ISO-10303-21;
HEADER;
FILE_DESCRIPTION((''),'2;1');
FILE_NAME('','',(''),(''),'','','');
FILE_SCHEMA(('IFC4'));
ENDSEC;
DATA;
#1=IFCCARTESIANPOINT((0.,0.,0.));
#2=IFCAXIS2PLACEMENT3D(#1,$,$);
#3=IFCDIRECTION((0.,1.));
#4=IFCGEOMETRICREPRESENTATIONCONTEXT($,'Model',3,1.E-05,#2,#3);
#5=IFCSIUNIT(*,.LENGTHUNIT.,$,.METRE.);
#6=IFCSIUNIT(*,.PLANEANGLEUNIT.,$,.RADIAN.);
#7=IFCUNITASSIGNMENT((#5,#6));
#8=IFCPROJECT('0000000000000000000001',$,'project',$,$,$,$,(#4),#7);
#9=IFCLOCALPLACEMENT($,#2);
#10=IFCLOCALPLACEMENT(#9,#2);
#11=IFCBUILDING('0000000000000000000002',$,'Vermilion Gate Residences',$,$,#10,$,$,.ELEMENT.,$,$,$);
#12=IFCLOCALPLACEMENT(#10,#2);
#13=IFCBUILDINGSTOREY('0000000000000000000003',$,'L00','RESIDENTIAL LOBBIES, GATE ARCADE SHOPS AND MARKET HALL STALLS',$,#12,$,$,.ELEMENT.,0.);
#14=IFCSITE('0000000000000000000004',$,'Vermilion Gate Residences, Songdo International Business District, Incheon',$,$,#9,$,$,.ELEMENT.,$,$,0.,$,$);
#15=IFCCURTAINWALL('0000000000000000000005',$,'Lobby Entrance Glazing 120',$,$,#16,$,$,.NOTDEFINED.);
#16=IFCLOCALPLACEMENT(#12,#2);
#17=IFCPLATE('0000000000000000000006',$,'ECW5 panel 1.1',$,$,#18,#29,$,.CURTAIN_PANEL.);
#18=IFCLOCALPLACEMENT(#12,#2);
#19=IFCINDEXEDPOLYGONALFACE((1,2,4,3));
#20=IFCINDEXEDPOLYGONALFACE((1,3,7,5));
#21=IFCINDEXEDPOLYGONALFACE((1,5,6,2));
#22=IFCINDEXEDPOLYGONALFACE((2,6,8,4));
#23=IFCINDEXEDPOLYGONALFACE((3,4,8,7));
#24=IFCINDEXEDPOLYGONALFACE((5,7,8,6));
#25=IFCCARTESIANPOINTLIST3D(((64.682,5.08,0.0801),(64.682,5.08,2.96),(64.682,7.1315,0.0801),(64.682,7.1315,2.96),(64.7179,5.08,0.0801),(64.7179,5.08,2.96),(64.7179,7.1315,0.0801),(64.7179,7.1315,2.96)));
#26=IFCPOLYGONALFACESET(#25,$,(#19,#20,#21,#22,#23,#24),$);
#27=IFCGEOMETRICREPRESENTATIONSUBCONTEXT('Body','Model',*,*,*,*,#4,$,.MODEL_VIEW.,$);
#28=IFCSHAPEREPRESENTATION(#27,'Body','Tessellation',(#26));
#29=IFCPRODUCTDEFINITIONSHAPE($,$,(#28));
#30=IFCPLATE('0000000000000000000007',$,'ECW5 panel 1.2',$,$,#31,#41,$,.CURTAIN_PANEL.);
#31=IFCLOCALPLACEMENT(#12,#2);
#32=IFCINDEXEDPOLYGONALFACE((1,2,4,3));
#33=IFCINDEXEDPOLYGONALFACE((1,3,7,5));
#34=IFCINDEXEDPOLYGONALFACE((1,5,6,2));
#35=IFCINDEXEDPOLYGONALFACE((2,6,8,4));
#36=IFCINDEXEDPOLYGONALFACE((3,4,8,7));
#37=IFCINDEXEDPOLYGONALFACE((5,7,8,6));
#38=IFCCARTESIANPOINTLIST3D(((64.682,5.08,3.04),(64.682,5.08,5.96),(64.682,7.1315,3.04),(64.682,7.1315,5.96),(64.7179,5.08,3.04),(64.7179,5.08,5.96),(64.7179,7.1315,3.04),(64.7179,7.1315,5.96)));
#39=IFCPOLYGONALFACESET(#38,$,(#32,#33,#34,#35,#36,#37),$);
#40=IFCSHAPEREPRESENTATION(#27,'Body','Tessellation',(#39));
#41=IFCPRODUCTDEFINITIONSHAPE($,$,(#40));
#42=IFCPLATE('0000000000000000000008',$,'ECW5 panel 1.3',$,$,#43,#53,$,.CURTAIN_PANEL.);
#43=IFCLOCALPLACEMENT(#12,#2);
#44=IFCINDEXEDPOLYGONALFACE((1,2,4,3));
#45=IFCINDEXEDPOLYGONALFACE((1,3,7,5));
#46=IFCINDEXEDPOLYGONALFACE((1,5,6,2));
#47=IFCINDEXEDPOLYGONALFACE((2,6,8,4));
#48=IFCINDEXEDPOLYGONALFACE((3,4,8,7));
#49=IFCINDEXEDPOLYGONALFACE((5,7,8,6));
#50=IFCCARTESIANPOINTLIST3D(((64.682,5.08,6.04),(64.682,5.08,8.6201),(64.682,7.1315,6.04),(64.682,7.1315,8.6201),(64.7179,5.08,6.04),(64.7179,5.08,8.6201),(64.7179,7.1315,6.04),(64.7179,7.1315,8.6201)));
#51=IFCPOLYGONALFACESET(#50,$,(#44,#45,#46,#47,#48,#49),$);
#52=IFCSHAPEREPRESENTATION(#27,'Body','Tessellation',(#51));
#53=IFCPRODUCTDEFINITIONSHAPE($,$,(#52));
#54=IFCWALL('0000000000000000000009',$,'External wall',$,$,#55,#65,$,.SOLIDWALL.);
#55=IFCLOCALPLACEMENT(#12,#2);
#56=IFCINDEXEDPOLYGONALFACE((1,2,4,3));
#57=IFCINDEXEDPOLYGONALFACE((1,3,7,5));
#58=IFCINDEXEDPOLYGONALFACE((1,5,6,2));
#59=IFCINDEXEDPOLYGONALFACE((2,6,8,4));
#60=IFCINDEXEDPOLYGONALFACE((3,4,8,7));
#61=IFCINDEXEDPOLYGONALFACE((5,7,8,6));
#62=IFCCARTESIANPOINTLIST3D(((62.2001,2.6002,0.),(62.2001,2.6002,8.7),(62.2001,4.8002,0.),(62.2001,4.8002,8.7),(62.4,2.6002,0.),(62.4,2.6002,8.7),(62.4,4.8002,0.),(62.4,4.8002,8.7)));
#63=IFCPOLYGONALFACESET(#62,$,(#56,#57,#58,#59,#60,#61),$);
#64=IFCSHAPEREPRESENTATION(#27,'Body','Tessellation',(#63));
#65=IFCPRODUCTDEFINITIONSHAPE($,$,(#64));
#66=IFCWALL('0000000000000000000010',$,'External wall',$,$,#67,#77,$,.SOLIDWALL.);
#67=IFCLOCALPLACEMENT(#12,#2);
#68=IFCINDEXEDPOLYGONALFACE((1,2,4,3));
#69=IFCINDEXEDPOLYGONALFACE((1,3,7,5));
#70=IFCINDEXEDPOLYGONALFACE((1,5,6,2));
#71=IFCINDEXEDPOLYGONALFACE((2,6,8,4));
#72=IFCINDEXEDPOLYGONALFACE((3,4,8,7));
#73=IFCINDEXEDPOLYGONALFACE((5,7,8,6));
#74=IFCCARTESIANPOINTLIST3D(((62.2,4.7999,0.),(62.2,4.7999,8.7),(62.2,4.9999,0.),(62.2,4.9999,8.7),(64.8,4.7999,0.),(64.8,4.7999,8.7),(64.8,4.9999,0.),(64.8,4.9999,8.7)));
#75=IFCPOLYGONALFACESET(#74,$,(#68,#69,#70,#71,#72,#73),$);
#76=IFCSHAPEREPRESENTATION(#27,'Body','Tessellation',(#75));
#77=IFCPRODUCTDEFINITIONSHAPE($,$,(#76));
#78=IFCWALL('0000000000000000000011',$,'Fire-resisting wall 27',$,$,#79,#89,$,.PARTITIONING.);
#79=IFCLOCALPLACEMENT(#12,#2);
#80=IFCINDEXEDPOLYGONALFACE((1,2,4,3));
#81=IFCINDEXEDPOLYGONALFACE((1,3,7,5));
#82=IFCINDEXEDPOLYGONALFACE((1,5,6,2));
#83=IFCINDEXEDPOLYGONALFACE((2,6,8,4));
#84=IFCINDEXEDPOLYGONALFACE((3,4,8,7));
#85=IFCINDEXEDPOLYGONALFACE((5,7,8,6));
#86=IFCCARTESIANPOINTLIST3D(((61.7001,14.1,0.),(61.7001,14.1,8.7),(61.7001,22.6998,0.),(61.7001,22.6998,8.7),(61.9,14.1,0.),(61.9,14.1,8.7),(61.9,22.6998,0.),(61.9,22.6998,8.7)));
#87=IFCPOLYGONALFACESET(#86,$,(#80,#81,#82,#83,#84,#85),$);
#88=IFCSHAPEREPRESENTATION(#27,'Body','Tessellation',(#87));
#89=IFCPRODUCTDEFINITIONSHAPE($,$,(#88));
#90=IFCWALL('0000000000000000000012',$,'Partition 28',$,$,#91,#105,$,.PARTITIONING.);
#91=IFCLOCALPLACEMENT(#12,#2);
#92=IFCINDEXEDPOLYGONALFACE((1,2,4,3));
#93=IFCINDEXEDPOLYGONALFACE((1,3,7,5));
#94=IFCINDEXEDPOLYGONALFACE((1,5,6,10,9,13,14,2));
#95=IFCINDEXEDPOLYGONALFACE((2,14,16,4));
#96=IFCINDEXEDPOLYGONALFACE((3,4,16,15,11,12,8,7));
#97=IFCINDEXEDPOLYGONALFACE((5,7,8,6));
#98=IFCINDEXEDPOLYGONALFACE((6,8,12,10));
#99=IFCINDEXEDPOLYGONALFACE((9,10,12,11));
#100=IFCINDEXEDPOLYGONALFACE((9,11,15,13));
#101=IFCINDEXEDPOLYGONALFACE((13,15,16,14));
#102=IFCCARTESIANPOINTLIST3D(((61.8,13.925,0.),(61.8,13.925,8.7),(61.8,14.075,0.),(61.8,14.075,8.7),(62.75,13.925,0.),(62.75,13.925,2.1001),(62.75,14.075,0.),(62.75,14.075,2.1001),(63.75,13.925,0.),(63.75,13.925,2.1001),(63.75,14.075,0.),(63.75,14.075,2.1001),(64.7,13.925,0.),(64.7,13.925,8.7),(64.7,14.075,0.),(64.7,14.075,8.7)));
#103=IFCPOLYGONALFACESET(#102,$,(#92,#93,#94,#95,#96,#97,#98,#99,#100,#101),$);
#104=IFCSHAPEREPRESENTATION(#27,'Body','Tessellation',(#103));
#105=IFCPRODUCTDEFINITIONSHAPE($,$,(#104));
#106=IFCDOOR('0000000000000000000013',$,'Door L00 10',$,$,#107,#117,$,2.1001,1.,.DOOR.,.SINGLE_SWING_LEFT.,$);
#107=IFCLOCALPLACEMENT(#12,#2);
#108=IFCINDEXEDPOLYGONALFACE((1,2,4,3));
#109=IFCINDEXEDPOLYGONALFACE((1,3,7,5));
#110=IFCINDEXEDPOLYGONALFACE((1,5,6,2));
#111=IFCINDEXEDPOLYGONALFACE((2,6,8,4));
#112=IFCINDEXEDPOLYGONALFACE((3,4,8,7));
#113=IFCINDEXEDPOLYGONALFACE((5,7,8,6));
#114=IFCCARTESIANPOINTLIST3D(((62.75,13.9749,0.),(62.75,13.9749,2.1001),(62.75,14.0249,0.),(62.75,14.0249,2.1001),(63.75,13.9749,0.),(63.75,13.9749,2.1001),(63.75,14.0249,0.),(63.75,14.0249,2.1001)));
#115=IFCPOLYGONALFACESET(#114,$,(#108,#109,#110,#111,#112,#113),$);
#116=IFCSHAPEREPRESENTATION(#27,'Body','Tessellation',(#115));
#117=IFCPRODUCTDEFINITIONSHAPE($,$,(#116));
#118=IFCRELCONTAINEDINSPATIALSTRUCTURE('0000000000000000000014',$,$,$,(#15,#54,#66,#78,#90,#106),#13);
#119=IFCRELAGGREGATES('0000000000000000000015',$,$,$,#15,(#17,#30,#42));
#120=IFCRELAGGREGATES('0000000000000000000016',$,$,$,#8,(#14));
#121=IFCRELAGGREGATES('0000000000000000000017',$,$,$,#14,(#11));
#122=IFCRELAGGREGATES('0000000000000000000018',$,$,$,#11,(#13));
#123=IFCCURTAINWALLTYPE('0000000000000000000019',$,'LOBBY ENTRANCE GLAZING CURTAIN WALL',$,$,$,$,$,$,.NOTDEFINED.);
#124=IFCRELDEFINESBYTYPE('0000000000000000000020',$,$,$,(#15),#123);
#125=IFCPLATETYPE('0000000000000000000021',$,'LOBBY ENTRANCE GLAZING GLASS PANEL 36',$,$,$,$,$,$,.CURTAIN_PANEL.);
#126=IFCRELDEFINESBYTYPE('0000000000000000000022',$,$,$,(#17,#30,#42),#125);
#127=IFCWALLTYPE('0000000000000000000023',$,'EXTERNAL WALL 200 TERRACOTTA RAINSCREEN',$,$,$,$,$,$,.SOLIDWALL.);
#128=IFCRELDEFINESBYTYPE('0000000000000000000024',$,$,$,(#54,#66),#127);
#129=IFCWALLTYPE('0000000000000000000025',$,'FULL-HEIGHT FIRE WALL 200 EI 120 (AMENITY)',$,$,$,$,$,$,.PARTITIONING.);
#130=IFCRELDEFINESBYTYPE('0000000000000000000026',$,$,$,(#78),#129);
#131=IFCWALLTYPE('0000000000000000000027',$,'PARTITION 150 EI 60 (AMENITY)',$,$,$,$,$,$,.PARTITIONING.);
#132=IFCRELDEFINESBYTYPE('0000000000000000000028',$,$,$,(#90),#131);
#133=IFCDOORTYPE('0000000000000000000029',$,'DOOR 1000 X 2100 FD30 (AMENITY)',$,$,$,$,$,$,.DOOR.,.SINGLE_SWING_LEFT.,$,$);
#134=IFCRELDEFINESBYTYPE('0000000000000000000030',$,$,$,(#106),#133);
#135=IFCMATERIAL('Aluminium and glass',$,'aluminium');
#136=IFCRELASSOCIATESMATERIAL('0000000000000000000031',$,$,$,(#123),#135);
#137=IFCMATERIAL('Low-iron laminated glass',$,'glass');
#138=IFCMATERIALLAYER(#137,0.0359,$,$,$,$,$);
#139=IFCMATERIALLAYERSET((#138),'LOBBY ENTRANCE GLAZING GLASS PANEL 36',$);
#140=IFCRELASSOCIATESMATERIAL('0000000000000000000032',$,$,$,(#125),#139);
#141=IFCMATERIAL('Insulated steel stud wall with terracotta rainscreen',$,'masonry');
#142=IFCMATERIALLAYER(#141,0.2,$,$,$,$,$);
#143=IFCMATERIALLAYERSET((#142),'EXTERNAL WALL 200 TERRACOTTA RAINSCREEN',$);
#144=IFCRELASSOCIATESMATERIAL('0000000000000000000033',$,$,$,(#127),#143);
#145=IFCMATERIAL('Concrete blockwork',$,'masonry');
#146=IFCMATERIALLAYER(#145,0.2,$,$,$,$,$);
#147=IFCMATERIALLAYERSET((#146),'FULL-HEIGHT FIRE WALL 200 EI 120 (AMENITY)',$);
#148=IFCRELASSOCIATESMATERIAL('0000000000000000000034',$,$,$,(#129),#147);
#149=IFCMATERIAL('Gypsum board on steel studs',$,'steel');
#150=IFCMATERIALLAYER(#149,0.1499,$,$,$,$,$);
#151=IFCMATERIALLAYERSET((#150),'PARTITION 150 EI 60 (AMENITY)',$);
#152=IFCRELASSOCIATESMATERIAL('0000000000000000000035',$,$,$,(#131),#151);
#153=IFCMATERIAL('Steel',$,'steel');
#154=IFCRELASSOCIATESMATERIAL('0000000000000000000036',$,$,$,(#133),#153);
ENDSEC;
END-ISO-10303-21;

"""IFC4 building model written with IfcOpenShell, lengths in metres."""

from ifc_helpers import new_model, si_unit, direction, frame, frame_2d, origin, origin_2d, place, context, subcontext, project, spatial, rectangle, extrude, material, layer, layer_set, type_object, element, fill, aggregate, save


model = new_model("IFC4")

# Units and contexts
model_context = context("Model", 3, precision=1e-05, world=origin(), true_north=direction((0.0, 1.0)))
body_context = subcontext(model_context, "Body", "Model", "MODEL_VIEW")
ifc_project = project(units=[si_unit("LENGTHUNIT", "METRE"), si_unit("PLANEANGLEUNIT", "RADIAN")], contexts=[model_context])

# Site, building, storey
site_placement = place(None, origin())
site = spatial("IfcSite", under=ifc_project, at=site_placement, Name="Vermilion Gate Residences, Songdo International Business District, Incheon", CompositionType="ELEMENT", RefElevation=0.0)
building_placement = place(site_placement, origin())
building = spatial("IfcBuilding", under=site, at=building_placement, Name="Vermilion Gate Residences", CompositionType="ELEMENT")
storey_placement = place(building_placement, origin())
storey = spatial("IfcBuildingStorey", under=building, at=storey_placement, Name="L00", Description="RESIDENTIAL LOBBIES, GATE ARCADE SHOPS AND MARKET HALL STALLS", CompositionType="ELEMENT", Elevation=0.0)

# Shared definitions
ifc_material_1 = material(Name="Aluminium and glass", Category="aluminium")
curtain_wall_type = type_object("IfcCurtainWallType", Name="LOBBY ENTRANCE GLAZING CURTAIN WALL", PredefinedType="NOTDEFINED", material=ifc_material_1)

# Curtain wall
curtain_wall_1_placement = place(storey_placement, origin())
curtain_wall_1 = element("IfcCurtainWall", 1, at=curtain_wall_1_placement, inside=storey, type_object=curtain_wall_type, Name="Lobby Entrance Glazing 120", PredefinedType="NOTDEFINED")

# Plates
ifc_material_2 = material(Name="Low-iron laminated glass", Category="glass")
ifc_layer_1 = layer(ifc_material_2, 0.0359)
ifc_layer_set_1 = layer_set([ifc_layer_1], Name="LOBBY ENTRANCE GLAZING GLASS PANEL 36")
plate_type = type_object("IfcPlateType", Name="LOBBY ENTRANCE GLAZING GLASS PANEL 36", PredefinedType="CURTAIN_PANEL", material=ifc_layer_set_1)
plate_1_placement = place(storey_placement, frame((64.7, 6.1057, 0.0801), z_axis=(0.0, 0.0, 1.0), x_axis=(0.0, 1.0, 0.0)))
plate_1 = element("IfcPlate", 2, at=plate_1_placement, type_object=plate_type, Name="ECW5 panel 1.1", PredefinedType="CURTAIN_PANEL", context=body_context, shape_type="SweptSolid", body=[
    extrude(rectangle(XDim=2.0515, YDim=0.0359, at=origin_2d()), origin(), (0.0, 0.0, 1.0), 2.8799),
])
plate_2_placement = place(storey_placement, frame((64.7, 6.1057, 3.04), z_axis=(0.0, 0.0, 1.0), x_axis=(0.0, 1.0, 0.0)))
plate_2 = element("IfcPlate", 3, at=plate_2_placement, type_object=plate_type, Name="ECW5 panel 1.2", PredefinedType="CURTAIN_PANEL", context=body_context, shape_type="SweptSolid", body=[
    extrude(rectangle(XDim=2.0515, YDim=0.0359, at=origin_2d()), origin(), (0.0, 0.0, 1.0), 2.9199),
])
plate_3_placement = place(storey_placement, frame((64.7, 6.1057, 6.04), z_axis=(0.0, 0.0, 1.0), x_axis=(0.0, 1.0, 0.0)))
plate_3 = element("IfcPlate", 4, at=plate_3_placement, type_object=plate_type, Name="ECW5 panel 1.3", PredefinedType="CURTAIN_PANEL", context=body_context, shape_type="SweptSolid", body=[
    extrude(rectangle(XDim=2.0515, YDim=0.0359, at=origin_2d()), origin(), (0.0, 0.0, 1.0), 2.5801),
])
aggregate(curtain_wall_1, [plate_1, plate_2, plate_3])

# Walls
ifc_material_3 = material(Name="Insulated steel stud wall with terracotta rainscreen", Category="masonry")
ifc_layer_2 = layer(ifc_material_3, 0.2)
ifc_layer_set_2 = layer_set([ifc_layer_2], Name="EXTERNAL WALL 200 TERRACOTTA RAINSCREEN")
wall_type_1 = type_object("IfcWallType", Name="EXTERNAL WALL 200 TERRACOTTA RAINSCREEN", PredefinedType="SOLIDWALL", material=ifc_layer_set_2)
wall_1_placement = place(storey_placement, frame((62.3, 2.6001, 0.0), z_axis=(0.0, 0.0, 1.0), x_axis=(0.0, 1.0, 0.0)))
element("IfcWall", 5, at=wall_1_placement, inside=storey, type_object=wall_type_1, Name="External wall", PredefinedType="SOLIDWALL", context=body_context, shape_type="SweptSolid", body=[
    extrude(rectangle(XDim=2.2, YDim=0.2, at=frame_2d((1.1001, 0.0))), origin(), (0.0, 0.0, 1.0), 8.7),
])
wall_2_placement = place(storey_placement, frame((62.2, 4.8999, 0.0), z_axis=(0.0, 0.0, 1.0), x_axis=(1.0, 0.0, 0.0)))
element("IfcWall", 6, at=wall_2_placement, inside=storey, type_object=wall_type_1, Name="External wall", PredefinedType="SOLIDWALL", context=body_context, shape_type="SweptSolid", body=[
    extrude(rectangle(XDim=2.6001, YDim=0.2, at=frame_2d((1.3, 0.0))), origin(), (0.0, 0.0, 1.0), 8.7),
])
ifc_material_4 = material(Name="Concrete blockwork", Category="masonry")
ifc_layer_3 = layer(ifc_material_4, 0.2)
ifc_layer_set_3 = layer_set([ifc_layer_3], Name="FULL-HEIGHT FIRE WALL 200 EI 120 (AMENITY)")
wall_type_2 = type_object("IfcWallType", Name="FULL-HEIGHT FIRE WALL 200 EI 120 (AMENITY)", PredefinedType="PARTITIONING", material=ifc_layer_set_3)
wall_3_placement = place(storey_placement, frame((61.8, 14.1001, 0.0), z_axis=(0.0, 0.0, 1.0), x_axis=(0.0, 1.0, 0.0)))
element("IfcWall", 7, at=wall_3_placement, inside=storey, type_object=wall_type_2, Name="Fire-resisting wall 27", PredefinedType="PARTITIONING", context=body_context, shape_type="SweptSolid", body=[
    extrude(rectangle(XDim=8.5999, YDim=0.2, at=frame_2d((4.2998, 0.0))), origin(), (0.0, 0.0, 1.0), 8.7),
])

# Wall, opening, door
ifc_material_5 = material(Name="Gypsum board on steel studs", Category="steel")
ifc_layer_4 = layer(ifc_material_5, 0.1499)
ifc_layer_set_4 = layer_set([ifc_layer_4], Name="PARTITION 150 EI 60 (AMENITY)")
wall_type_3 = type_object("IfcWallType", Name="PARTITION 150 EI 60 (AMENITY)", PredefinedType="PARTITIONING", material=ifc_layer_set_4)
wall_4_placement = place(storey_placement, frame((61.8, 14.0, 0.0), z_axis=(0.0, 0.0, 1.0), x_axis=(1.0, 0.0, 0.0)))
wall_4 = element("IfcWall", 8, at=wall_4_placement, inside=storey, type_object=wall_type_3, Name="Partition 28", PredefinedType="PARTITIONING", context=body_context, shape_type="SweptSolid", body=[
    extrude(rectangle(XDim=2.8999, YDim=0.1499, at=frame_2d((1.45, 0.0))), origin(), (0.0, 0.0, 1.0), 8.7),
])
opening_placement = place(wall_4_placement, frame((0.95, 0.0, 0.0)))
opening = element("IfcOpeningElement", 9, at=opening_placement, cuts=wall_4, PredefinedType="OPENING", context=body_context, shape_type="SweptSolid", body=[
    extrude(rectangle(XDim=1.0, YDim=2.1001, at=frame_2d((0.5, 1.05))), frame((0.0, 0.085, 0.0), z_axis=(0.0, -1.0, 0.0), x_axis=(1.0, 0.0, 0.0)), (0.0, 0.0, 1.0), 0.1699),
])
ifc_material_6 = material(Name="Steel", Category="steel")
door_type = type_object("IfcDoorType", Name="DOOR 1000 X 2100 FD30 (AMENITY)", OperationType="SINGLE_SWING_LEFT", PredefinedType="DOOR", material=ifc_material_6)
door_placement = place(opening_placement, origin())
door = element("IfcDoor", 10, at=door_placement, inside=storey, type_object=door_type, Name="Door L00 10", OperationType="SINGLE_SWING_LEFT", OverallHeight=2.1001, OverallWidth=1.0, PredefinedType="DOOR", context=body_context, shape_type="SweptSolid", body=[
    extrude(rectangle(XDim=1.0, YDim=2.1001, at=frame_2d((0.5, 1.05))), frame((0.0, 0.0249, 0.0), z_axis=(0.0, -1.0, 0.0), x_axis=(1.0, 0.0, 0.0)), (0.0, 0.0, 1.0), 0.05),
])
fill(opening, door)

save(model, "model.ifc")
